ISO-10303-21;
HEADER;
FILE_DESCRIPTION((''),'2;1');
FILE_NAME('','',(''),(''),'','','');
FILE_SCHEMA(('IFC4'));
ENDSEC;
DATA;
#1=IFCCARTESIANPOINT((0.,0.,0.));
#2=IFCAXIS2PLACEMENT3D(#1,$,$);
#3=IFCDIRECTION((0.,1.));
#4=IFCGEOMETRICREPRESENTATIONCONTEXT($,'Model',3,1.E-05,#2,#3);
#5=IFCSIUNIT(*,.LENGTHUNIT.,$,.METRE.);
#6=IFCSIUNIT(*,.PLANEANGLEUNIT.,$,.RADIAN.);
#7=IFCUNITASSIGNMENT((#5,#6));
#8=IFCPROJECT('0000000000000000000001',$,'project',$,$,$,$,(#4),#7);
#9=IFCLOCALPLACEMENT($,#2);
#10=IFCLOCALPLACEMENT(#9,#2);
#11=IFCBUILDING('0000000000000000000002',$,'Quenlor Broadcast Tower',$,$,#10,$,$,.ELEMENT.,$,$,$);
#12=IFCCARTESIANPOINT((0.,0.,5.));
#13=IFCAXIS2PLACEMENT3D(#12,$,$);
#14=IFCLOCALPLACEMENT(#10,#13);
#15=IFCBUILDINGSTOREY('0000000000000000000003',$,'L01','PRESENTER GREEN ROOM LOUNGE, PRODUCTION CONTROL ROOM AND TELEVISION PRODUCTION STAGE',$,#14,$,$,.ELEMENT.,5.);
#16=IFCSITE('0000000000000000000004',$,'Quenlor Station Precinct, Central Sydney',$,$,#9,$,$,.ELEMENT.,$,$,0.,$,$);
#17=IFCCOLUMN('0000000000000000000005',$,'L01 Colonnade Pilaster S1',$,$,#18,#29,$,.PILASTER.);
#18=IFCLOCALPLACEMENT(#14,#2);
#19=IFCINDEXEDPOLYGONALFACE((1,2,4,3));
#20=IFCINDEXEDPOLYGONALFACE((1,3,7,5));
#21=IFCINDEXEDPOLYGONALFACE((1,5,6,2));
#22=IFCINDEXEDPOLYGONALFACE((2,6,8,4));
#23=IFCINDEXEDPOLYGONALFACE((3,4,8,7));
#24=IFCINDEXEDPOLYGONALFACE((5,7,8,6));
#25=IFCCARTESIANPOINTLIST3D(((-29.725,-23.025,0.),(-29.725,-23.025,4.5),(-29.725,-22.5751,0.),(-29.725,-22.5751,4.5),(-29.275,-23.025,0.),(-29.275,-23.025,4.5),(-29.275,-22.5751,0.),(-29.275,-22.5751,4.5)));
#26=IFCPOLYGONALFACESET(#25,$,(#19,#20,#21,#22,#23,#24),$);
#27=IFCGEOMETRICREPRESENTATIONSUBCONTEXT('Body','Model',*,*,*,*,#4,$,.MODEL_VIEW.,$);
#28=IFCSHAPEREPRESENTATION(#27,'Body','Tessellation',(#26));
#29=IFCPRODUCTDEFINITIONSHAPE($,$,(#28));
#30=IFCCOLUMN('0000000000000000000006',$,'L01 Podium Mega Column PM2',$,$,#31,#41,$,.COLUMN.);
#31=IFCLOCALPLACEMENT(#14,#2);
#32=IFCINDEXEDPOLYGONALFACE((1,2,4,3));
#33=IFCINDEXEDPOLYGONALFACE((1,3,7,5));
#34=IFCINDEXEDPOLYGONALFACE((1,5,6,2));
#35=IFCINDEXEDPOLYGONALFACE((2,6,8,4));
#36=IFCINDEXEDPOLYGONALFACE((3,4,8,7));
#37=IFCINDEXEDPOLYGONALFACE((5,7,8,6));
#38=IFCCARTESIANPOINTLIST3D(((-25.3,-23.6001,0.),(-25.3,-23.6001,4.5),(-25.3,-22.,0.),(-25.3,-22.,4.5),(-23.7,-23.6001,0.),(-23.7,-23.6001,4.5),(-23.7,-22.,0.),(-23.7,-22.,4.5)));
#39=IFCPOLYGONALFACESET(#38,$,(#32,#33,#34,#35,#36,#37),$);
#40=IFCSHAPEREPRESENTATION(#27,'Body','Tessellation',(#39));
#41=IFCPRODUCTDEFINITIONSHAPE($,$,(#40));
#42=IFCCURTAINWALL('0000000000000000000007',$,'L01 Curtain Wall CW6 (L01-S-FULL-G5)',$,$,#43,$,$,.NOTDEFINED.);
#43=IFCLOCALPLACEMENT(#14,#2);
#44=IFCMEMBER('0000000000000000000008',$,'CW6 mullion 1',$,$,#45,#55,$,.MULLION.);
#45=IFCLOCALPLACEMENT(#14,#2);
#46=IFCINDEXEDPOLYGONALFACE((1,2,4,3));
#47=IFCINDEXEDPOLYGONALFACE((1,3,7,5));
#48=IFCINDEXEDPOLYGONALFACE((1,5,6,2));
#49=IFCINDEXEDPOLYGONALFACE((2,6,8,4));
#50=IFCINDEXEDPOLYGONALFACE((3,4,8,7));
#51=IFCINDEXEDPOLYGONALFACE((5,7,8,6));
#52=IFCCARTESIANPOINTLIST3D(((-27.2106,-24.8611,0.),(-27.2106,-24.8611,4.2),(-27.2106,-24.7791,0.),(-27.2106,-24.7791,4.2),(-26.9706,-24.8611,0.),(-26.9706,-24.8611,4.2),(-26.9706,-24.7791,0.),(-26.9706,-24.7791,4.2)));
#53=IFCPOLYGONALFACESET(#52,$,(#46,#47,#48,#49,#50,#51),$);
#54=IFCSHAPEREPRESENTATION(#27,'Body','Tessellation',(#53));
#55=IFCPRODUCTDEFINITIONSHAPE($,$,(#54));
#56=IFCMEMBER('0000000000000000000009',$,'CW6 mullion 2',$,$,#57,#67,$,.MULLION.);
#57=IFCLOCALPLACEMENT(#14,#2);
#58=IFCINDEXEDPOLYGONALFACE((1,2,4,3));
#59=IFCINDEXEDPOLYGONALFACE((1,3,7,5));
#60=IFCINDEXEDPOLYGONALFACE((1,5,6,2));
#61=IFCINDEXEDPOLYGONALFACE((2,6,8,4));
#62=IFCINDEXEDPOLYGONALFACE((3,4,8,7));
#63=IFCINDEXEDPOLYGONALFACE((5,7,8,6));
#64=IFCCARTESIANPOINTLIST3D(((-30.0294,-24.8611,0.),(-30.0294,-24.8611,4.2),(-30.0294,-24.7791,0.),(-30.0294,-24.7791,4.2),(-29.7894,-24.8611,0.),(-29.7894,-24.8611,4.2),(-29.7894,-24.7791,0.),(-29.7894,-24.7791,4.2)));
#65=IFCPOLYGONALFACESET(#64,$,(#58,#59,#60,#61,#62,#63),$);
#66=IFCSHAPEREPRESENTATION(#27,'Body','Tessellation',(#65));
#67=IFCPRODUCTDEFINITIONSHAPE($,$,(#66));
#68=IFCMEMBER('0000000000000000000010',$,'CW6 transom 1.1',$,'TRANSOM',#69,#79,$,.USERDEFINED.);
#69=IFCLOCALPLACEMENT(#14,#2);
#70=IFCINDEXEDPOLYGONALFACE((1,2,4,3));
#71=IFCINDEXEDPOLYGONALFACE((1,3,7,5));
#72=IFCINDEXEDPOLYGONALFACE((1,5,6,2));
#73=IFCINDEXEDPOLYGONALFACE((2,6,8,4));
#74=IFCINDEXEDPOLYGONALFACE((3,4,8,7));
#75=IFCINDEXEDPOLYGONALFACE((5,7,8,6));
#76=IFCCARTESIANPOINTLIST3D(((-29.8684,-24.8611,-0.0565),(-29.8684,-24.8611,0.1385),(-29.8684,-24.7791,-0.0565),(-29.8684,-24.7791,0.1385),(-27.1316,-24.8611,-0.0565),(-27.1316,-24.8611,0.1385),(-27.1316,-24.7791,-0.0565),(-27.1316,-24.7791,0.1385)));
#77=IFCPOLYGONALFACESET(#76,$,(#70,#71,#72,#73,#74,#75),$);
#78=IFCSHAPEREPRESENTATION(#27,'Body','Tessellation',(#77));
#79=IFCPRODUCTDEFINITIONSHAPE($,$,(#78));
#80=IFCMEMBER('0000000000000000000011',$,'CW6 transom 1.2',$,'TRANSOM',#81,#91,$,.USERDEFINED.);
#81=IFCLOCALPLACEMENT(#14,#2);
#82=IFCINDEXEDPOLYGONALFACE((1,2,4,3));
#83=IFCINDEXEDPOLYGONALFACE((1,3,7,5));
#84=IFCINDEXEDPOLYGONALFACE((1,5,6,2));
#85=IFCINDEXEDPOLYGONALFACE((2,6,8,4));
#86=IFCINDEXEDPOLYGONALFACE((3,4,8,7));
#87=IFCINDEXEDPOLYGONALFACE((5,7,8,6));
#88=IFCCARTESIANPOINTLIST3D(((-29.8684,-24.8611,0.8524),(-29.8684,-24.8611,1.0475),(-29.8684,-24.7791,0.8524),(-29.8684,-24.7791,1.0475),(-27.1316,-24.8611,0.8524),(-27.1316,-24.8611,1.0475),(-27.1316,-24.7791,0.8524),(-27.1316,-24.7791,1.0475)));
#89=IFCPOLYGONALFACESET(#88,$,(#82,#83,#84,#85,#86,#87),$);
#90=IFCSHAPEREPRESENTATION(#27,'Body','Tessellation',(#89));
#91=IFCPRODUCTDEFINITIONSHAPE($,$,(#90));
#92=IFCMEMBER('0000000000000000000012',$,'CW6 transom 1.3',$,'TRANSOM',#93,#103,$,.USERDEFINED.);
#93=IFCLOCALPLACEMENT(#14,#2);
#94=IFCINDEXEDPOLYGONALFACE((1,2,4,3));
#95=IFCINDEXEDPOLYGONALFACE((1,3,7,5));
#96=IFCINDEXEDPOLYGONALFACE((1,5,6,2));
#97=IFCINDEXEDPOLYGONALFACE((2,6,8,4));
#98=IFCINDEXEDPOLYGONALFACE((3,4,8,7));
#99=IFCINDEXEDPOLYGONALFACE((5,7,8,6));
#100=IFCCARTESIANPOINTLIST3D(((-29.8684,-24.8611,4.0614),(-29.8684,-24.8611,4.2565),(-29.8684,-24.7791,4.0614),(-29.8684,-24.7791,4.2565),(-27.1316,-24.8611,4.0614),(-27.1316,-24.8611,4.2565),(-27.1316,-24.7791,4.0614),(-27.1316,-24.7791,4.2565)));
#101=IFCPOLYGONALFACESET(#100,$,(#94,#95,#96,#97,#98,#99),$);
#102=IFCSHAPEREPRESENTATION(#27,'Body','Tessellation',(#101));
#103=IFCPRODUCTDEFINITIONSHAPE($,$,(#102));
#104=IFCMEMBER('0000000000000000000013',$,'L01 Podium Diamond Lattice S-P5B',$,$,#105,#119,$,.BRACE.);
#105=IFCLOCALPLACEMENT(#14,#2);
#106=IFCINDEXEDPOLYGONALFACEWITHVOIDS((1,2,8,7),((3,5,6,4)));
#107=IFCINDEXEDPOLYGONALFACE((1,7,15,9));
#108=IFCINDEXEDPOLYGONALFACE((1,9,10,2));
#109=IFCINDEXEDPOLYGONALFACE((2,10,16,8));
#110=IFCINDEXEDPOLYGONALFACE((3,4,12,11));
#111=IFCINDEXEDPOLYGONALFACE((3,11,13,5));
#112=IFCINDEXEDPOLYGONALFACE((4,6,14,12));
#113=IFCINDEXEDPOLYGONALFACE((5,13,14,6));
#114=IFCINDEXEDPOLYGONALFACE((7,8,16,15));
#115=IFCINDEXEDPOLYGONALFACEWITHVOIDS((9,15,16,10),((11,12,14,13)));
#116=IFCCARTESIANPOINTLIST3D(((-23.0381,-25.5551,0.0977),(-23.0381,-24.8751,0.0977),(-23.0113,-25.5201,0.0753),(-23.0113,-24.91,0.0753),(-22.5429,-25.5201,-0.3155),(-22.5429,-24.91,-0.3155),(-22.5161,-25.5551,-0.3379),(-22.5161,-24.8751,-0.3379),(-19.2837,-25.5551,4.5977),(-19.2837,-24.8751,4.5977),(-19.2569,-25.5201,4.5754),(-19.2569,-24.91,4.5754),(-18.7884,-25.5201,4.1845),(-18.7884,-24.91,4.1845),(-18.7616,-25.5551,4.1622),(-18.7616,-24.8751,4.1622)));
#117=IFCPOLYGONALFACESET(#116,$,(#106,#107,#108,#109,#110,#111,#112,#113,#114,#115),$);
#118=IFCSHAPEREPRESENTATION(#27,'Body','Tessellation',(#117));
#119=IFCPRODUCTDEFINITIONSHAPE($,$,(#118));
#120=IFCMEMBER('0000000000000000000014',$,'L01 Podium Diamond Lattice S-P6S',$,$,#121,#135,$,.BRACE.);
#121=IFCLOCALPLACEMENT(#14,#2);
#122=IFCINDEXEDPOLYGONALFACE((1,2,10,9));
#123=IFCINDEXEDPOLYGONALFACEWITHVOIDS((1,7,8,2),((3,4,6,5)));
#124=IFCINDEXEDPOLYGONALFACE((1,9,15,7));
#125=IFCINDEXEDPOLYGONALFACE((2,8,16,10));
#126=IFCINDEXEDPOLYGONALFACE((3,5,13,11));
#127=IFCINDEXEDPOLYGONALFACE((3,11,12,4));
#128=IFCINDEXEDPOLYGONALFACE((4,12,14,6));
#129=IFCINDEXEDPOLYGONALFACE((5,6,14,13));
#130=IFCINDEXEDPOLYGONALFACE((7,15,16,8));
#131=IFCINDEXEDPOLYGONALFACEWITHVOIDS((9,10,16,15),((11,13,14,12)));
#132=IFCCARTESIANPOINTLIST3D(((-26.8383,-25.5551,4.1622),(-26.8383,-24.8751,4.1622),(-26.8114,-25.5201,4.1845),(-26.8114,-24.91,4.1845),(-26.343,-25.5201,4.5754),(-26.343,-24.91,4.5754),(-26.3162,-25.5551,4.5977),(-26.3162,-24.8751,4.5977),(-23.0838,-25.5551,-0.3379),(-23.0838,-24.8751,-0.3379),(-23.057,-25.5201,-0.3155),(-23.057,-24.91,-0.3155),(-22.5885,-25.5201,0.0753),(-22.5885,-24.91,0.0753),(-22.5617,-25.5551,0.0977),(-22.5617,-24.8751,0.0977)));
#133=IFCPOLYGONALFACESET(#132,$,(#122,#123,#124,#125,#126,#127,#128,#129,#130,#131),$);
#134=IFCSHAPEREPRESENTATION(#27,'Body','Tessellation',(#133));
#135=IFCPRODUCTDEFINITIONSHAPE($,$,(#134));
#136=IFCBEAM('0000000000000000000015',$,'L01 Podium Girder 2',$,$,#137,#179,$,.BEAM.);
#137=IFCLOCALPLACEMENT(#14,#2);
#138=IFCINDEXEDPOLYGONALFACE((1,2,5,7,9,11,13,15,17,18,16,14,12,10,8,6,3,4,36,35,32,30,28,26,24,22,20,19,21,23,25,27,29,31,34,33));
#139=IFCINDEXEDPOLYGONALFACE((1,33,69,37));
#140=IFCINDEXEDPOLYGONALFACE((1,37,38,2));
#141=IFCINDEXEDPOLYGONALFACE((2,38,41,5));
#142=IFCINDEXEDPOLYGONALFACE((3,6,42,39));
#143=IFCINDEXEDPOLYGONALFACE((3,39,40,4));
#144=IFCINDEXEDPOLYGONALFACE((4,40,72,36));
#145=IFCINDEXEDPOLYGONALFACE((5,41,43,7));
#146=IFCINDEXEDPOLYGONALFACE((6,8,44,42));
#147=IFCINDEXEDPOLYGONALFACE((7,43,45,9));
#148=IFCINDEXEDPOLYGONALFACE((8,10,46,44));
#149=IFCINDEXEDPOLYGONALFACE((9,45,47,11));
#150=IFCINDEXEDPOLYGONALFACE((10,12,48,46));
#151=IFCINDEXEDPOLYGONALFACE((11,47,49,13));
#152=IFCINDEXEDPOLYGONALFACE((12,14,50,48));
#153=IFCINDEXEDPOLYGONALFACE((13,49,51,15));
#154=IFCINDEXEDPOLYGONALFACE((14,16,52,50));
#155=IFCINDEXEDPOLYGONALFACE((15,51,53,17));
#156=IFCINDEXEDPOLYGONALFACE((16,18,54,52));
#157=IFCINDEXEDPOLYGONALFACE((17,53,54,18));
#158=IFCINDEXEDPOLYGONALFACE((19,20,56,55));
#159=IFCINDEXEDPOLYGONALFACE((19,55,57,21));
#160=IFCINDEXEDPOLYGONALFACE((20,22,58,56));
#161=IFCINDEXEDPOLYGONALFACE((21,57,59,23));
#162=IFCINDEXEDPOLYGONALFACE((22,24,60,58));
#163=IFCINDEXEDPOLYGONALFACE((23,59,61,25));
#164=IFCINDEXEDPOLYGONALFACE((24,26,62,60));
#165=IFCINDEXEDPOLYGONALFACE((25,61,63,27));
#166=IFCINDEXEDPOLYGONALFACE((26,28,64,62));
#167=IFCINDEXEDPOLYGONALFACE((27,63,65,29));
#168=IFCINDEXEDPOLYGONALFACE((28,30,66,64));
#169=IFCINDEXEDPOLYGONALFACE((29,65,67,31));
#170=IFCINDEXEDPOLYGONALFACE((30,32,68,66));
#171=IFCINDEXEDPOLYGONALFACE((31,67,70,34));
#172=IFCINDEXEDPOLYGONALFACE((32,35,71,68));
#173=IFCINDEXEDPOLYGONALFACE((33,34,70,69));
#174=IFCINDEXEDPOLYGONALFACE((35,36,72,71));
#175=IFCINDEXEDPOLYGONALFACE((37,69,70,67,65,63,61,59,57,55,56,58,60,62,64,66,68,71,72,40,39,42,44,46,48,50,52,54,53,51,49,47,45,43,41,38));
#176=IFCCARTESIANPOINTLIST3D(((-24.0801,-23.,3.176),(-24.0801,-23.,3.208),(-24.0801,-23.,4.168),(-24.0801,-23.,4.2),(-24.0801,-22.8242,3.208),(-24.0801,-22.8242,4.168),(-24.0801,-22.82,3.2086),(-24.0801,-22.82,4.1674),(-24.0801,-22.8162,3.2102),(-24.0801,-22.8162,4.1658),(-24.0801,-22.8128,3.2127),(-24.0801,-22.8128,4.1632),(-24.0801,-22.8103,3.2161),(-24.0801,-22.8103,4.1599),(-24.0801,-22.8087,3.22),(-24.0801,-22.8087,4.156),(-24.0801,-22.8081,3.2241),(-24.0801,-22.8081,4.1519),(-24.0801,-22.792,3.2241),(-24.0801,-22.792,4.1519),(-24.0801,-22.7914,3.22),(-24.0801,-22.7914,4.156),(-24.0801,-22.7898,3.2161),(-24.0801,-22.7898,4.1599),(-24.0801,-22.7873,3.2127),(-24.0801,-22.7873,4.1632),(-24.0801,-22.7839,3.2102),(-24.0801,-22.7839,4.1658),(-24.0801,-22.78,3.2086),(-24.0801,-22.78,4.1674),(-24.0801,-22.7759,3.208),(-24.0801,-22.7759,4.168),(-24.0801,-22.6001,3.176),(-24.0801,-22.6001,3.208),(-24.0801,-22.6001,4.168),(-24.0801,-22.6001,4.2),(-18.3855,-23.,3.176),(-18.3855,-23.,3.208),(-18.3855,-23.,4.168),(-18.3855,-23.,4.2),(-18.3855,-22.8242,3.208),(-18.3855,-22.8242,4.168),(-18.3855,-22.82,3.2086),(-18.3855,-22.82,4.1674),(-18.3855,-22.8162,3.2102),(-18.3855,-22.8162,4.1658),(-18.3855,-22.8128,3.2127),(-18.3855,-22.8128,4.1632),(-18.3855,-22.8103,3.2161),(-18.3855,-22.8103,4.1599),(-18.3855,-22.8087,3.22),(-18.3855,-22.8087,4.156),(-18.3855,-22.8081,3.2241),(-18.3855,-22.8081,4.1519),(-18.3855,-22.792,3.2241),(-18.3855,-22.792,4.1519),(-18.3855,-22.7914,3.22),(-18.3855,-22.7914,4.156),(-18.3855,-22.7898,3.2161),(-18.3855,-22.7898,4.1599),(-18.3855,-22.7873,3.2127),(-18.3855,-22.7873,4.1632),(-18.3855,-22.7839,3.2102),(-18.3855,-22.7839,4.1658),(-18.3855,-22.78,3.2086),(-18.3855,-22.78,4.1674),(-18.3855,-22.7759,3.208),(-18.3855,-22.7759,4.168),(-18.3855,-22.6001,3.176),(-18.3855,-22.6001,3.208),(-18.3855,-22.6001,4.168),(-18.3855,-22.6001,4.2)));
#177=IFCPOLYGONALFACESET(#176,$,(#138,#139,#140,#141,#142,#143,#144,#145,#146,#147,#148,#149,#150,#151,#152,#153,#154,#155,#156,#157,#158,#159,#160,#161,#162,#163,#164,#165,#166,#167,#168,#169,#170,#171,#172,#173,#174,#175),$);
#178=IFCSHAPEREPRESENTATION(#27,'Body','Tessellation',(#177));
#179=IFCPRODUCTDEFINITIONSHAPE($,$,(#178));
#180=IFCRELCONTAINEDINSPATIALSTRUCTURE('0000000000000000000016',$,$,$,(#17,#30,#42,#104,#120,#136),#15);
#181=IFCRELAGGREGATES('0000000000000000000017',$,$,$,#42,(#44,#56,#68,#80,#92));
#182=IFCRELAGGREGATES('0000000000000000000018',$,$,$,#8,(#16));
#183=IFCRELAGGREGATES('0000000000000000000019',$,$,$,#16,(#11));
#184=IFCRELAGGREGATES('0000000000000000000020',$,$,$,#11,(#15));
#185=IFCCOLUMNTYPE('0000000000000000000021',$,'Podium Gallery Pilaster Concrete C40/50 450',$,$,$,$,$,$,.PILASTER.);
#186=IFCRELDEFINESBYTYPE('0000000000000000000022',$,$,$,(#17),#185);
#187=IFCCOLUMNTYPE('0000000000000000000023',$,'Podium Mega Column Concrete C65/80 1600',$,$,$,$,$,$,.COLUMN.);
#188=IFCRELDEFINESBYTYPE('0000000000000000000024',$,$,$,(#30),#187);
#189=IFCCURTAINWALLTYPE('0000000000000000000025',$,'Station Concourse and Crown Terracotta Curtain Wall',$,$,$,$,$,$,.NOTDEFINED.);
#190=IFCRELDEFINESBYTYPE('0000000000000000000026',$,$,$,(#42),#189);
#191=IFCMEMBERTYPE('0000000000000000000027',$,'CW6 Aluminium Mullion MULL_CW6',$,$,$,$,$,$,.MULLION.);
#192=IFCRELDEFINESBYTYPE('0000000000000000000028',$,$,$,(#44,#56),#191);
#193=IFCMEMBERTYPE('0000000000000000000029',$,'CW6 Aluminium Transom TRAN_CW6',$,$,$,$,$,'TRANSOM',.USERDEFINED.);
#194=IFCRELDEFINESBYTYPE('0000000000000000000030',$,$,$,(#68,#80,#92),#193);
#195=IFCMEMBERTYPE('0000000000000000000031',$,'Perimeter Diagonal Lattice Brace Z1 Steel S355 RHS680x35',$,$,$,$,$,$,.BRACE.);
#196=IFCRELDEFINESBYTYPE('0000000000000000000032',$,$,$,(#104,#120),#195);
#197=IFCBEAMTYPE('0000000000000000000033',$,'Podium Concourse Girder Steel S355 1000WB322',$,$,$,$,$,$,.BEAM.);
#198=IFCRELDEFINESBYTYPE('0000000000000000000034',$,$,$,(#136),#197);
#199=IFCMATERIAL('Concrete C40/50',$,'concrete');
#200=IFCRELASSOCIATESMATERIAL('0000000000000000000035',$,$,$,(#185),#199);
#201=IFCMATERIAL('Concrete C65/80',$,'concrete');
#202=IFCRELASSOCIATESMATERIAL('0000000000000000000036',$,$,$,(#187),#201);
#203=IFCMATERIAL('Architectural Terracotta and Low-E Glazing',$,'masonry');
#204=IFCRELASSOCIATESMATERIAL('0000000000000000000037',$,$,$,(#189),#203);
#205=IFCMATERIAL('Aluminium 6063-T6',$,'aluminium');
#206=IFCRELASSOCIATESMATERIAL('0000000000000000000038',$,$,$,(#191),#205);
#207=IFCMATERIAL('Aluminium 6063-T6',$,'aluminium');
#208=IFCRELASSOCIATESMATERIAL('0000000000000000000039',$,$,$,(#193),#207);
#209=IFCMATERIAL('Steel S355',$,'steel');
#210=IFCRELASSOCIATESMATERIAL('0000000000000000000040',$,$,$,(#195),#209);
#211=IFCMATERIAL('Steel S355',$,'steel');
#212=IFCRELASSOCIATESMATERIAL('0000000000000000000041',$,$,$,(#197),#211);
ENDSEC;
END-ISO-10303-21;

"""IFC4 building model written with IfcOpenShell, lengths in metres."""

from ifc_helpers import new_model, si_unit, direction, frame, origin, origin_2d, place, context, subcontext, project, spatial, rectangle, hollow_rectangle, i_section, extrude, material, material_profile, profile_set, type_object, element, aggregate, save


model = new_model("IFC4")

# Units and contexts
model_context = context("Model", 3, precision=1e-05, world=origin(), true_north=direction((0.0, 1.0)))
body_context = subcontext(model_context, "Body", "Model", "MODEL_VIEW")
ifc_project = project(units=[si_unit("LENGTHUNIT", "METRE"), si_unit("PLANEANGLEUNIT", "RADIAN")], contexts=[model_context])

# Site, building, storey
site_placement = place(None, origin())
site = spatial("IfcSite", under=ifc_project, at=site_placement, Name="Quenlor Station Precinct, Central Sydney", CompositionType="ELEMENT", RefElevation=0.0)
building_placement = place(site_placement, origin())
building = spatial("IfcBuilding", under=site, at=building_placement, Name="Quenlor Broadcast Tower", CompositionType="ELEMENT")
storey_placement = place(building_placement, frame((0.0, 0.0, 5.0)))
storey = spatial("IfcBuildingStorey", under=building, at=storey_placement, Name="L01", Description="PRESENTER GREEN ROOM LOUNGE, PRODUCTION CONTROL ROOM AND TELEVISION PRODUCTION STAGE", CompositionType="ELEMENT", Elevation=5.0)

# Columns
ifc_material_1 = material(Name="Concrete C40/50", Category="concrete")
ifc_material_profile_1 = material_profile(ifc_material_1, rectangle(XDim=0.45, YDim=0.45, at=origin_2d()))
ifc_profile_set_1 = profile_set([ifc_material_profile_1], Name="Concrete C40/50 PIL450x450")
column_type_1 = type_object("IfcColumnType", Name="Podium Gallery Pilaster Concrete C40/50 450", PredefinedType="PILASTER", material=ifc_profile_set_1)
column_1_placement = place(storey_placement, frame((-29.5, -22.8, 0.0), z_axis=(0.0, 0.0, 1.0), x_axis=(1.0, 0.0, 0.0)))
element("IfcColumn", 1, at=column_1_placement, inside=storey, type_object=column_type_1, Name="L01 Colonnade Pilaster S1", PredefinedType="PILASTER", context=body_context, shape_type="SweptSolid", body=[
    extrude(rectangle(XDim=0.45, YDim=0.45, at=origin_2d()), origin(), (0.0, 0.0, 1.0), 4.5),
])
ifc_material_2 = material(Name="Concrete C65/80", Category="concrete")
ifc_material_profile_2 = material_profile(ifc_material_2, rectangle(XDim=1.6001, YDim=1.6001, at=origin_2d()))
ifc_profile_set_2 = profile_set([ifc_material_profile_2], Name="Concrete C65/80 RC1600x1600")
column_type_2 = type_object("IfcColumnType", Name="Podium Mega Column Concrete C65/80 1600", PredefinedType="COLUMN", material=ifc_profile_set_2)
column_2_placement = place(storey_placement, frame((-24.5, -22.8, 0.0), z_axis=(0.0, 0.0, 1.0), x_axis=(1.0, 0.0, 0.0)))
element("IfcColumn", 2, at=column_2_placement, inside=storey, type_object=column_type_2, Name="L01 Podium Mega Column PM2", PredefinedType="COLUMN", context=body_context, shape_type="SweptSolid", body=[
    extrude(rectangle(XDim=1.6001, YDim=1.6001, at=origin_2d()), origin(), (0.0, 0.0, 1.0), 4.5),
])

# Curtain wall, members
ifc_material_3 = material(Name="Architectural Terracotta and Low-E Glazing", Category="masonry")
curtain_wall_type = type_object("IfcCurtainWallType", Name="Station Concourse and Crown Terracotta Curtain Wall", PredefinedType="NOTDEFINED", material=ifc_material_3)
curtain_wall_placement = place(storey_placement, origin())
curtain_wall = element("IfcCurtainWall", 3, at=curtain_wall_placement, inside=storey, type_object=curtain_wall_type, Name="L01 Curtain Wall CW6 (L01-S-FULL-G5)", PredefinedType="NOTDEFINED")
ifc_material_4 = material(Name="Aluminium 6063-T6", Category="aluminium")
ifc_material_profile_3 = material_profile(ifc_material_4, rectangle(XDim=0.082, YDim=0.24, at=origin_2d()))
ifc_profile_set_3 = profile_set([ifc_material_profile_3], Name="Aluminium 6063-T6 MULL82x240")
member_type_1 = type_object("IfcMemberType", Name="CW6 Aluminium Mullion MULL_CW6", PredefinedType="MULLION", material=ifc_profile_set_3)
member_1_placement = place(storey_placement, frame((-27.0906, -24.8201, 0.0), z_axis=(0.0, 0.0, 1.0), x_axis=(0.0, -1.0, 0.0)))
member_1 = element("IfcMember", 4, at=member_1_placement, type_object=member_type_1, Name="CW6 mullion 1", PredefinedType="MULLION", context=body_context, shape_type="SweptSolid", body=[
    extrude(rectangle(XDim=0.082, YDim=0.24, at=origin_2d()), origin(), (0.0, 0.0, 1.0), 4.2),
])
member_2_placement = place(storey_placement, frame((-29.9094, -24.8201, 0.0), z_axis=(0.0, 0.0, 1.0), x_axis=(0.0, -1.0, 0.0)))
member_2 = element("IfcMember", 5, at=member_2_placement, type_object=member_type_1, Name="CW6 mullion 2", PredefinedType="MULLION", context=body_context, shape_type="SweptSolid", body=[
    extrude(rectangle(XDim=0.082, YDim=0.24, at=origin_2d()), origin(), (0.0, 0.0, 1.0), 4.2),
])
ifc_material_5 = material(Name="Aluminium 6063-T6", Category="aluminium")
ifc_material_profile_4 = material_profile(ifc_material_5, rectangle(XDim=0.082, YDim=0.1951, at=origin_2d()))
ifc_profile_set_4 = profile_set([ifc_material_profile_4], Name="Aluminium 6063-T6 TRAN82x195")
member_type_2 = type_object("IfcMemberType", Name="CW6 Aluminium Transom TRAN_CW6", ElementType="TRANSOM", PredefinedType="USERDEFINED", material=ifc_profile_set_4)
member_3_placement = place(storey_placement, frame((-27.1316, -24.8201, 0.041), z_axis=(-1.0, 0.0, 0.0), x_axis=(0.0, -1.0, 0.0)))
member_3 = element("IfcMember", 6, at=member_3_placement, type_object=member_type_2, Name="CW6 transom 1.1", ObjectType="TRANSOM", PredefinedType="USERDEFINED", context=body_context, shape_type="SweptSolid", body=[
    extrude(rectangle(XDim=0.082, YDim=0.1951, at=origin_2d()), origin(), (0.0, 0.0, 1.0), 2.7368),
])
member_4_placement = place(storey_placement, frame((-27.1316, -24.8201, 0.95), z_axis=(-1.0, 0.0, 0.0), x_axis=(0.0, -1.0, 0.0)))
member_4 = element("IfcMember", 7, at=member_4_placement, type_object=member_type_2, Name="CW6 transom 1.2", ObjectType="TRANSOM", PredefinedType="USERDEFINED", context=body_context, shape_type="SweptSolid", body=[
    extrude(rectangle(XDim=0.082, YDim=0.1951, at=origin_2d()), origin(), (0.0, 0.0, 1.0), 2.7368),
])
member_5_placement = place(storey_placement, frame((-27.1316, -24.8201, 4.1589), z_axis=(-1.0, 0.0, 0.0), x_axis=(0.0, -1.0, 0.0)))
member_5 = element("IfcMember", 8, at=member_5_placement, type_object=member_type_2, Name="CW6 transom 1.3", ObjectType="TRANSOM", PredefinedType="USERDEFINED", context=body_context, shape_type="SweptSolid", body=[
    extrude(rectangle(XDim=0.082, YDim=0.1951, at=origin_2d()), origin(), (0.0, 0.0, 1.0), 2.7368),
])

# Members
ifc_material_6 = material(Name="Steel S355", Category="steel")
ifc_material_profile_5 = material_profile(ifc_material_6, hollow_rectangle(XDim=0.6799, YDim=0.6799, WallThickness=0.0349, at=origin_2d()))
ifc_profile_set_5 = profile_set([ifc_material_profile_5], Name="Steel S355 RHS680x680x35")
member_type_3 = type_object("IfcMemberType", Name="Perimeter Diagonal Lattice Brace Z1 Steel S355 RHS680x35", PredefinedType="BRACE", material=ifc_profile_set_5)
for number, where, z_axis, x_axis, name in (
    (9, (-22.7771, -25.2151, -0.1201), (0.640627, 0.0, 0.767852), (0.0, 1.0, 0.0), "L01 Podium Diamond Lattice S-P5B"),
    (10, (-22.8228, -25.2151, -0.1201), (-0.640627, 0.0, 0.767852), (0.0, -1.0, 0.0), "L01 Podium Diamond Lattice S-P6S"),
):
    element("IfcMember", number, at=place(storey_placement, frame(where, z_axis=z_axis, x_axis=x_axis)), inside=storey, type_object=member_type_3, Name=name, PredefinedType="BRACE", context=body_context, shape_type="SweptSolid", body=[
        extrude(hollow_rectangle(XDim=0.6799, YDim=0.6799, WallThickness=0.0349, at=origin_2d()), origin(), (0.0, 0.0, 1.0), 5.8606),
    ])

# Beam
ifc_material_7 = material(Name="Steel S355", Category="steel")
ifc_material_profile_6 = material_profile(ifc_material_7, i_section(OverallWidth=0.3999, OverallDepth=1.0239, WebThickness=0.0161, FlangeThickness=0.032, FilletRadius=0.0161, at=origin_2d()))
ifc_profile_set_6 = profile_set([ifc_material_profile_6], Name="Steel S355 1000WB322")
beam_type = type_object("IfcBeamType", Name="Podium Concourse Girder Steel S355 1000WB322", PredefinedType="BEAM", material=ifc_profile_set_6)
beam_1_placement = place(storey_placement, frame((-24.0801, -22.8, 3.688), z_axis=(1.0, 0.0, 0.0), x_axis=(0.0, 1.0, 0.0)))
element("IfcBeam", 11, at=beam_1_placement, inside=storey, type_object=beam_type, Name="L01 Podium Girder 2", PredefinedType="BEAM", context=body_context, shape_type="SweptSolid", body=[
    extrude(i_section(OverallWidth=0.3999, OverallDepth=1.0239, WebThickness=0.0161, FlangeThickness=0.032, FilletRadius=0.0161, at=origin_2d()), origin(), (0.0, 0.0, 1.0), 5.6946),
])

aggregate(curtain_wall, [member_1, member_2, member_3, member_4, member_5])

save(model, "model.ifc")
